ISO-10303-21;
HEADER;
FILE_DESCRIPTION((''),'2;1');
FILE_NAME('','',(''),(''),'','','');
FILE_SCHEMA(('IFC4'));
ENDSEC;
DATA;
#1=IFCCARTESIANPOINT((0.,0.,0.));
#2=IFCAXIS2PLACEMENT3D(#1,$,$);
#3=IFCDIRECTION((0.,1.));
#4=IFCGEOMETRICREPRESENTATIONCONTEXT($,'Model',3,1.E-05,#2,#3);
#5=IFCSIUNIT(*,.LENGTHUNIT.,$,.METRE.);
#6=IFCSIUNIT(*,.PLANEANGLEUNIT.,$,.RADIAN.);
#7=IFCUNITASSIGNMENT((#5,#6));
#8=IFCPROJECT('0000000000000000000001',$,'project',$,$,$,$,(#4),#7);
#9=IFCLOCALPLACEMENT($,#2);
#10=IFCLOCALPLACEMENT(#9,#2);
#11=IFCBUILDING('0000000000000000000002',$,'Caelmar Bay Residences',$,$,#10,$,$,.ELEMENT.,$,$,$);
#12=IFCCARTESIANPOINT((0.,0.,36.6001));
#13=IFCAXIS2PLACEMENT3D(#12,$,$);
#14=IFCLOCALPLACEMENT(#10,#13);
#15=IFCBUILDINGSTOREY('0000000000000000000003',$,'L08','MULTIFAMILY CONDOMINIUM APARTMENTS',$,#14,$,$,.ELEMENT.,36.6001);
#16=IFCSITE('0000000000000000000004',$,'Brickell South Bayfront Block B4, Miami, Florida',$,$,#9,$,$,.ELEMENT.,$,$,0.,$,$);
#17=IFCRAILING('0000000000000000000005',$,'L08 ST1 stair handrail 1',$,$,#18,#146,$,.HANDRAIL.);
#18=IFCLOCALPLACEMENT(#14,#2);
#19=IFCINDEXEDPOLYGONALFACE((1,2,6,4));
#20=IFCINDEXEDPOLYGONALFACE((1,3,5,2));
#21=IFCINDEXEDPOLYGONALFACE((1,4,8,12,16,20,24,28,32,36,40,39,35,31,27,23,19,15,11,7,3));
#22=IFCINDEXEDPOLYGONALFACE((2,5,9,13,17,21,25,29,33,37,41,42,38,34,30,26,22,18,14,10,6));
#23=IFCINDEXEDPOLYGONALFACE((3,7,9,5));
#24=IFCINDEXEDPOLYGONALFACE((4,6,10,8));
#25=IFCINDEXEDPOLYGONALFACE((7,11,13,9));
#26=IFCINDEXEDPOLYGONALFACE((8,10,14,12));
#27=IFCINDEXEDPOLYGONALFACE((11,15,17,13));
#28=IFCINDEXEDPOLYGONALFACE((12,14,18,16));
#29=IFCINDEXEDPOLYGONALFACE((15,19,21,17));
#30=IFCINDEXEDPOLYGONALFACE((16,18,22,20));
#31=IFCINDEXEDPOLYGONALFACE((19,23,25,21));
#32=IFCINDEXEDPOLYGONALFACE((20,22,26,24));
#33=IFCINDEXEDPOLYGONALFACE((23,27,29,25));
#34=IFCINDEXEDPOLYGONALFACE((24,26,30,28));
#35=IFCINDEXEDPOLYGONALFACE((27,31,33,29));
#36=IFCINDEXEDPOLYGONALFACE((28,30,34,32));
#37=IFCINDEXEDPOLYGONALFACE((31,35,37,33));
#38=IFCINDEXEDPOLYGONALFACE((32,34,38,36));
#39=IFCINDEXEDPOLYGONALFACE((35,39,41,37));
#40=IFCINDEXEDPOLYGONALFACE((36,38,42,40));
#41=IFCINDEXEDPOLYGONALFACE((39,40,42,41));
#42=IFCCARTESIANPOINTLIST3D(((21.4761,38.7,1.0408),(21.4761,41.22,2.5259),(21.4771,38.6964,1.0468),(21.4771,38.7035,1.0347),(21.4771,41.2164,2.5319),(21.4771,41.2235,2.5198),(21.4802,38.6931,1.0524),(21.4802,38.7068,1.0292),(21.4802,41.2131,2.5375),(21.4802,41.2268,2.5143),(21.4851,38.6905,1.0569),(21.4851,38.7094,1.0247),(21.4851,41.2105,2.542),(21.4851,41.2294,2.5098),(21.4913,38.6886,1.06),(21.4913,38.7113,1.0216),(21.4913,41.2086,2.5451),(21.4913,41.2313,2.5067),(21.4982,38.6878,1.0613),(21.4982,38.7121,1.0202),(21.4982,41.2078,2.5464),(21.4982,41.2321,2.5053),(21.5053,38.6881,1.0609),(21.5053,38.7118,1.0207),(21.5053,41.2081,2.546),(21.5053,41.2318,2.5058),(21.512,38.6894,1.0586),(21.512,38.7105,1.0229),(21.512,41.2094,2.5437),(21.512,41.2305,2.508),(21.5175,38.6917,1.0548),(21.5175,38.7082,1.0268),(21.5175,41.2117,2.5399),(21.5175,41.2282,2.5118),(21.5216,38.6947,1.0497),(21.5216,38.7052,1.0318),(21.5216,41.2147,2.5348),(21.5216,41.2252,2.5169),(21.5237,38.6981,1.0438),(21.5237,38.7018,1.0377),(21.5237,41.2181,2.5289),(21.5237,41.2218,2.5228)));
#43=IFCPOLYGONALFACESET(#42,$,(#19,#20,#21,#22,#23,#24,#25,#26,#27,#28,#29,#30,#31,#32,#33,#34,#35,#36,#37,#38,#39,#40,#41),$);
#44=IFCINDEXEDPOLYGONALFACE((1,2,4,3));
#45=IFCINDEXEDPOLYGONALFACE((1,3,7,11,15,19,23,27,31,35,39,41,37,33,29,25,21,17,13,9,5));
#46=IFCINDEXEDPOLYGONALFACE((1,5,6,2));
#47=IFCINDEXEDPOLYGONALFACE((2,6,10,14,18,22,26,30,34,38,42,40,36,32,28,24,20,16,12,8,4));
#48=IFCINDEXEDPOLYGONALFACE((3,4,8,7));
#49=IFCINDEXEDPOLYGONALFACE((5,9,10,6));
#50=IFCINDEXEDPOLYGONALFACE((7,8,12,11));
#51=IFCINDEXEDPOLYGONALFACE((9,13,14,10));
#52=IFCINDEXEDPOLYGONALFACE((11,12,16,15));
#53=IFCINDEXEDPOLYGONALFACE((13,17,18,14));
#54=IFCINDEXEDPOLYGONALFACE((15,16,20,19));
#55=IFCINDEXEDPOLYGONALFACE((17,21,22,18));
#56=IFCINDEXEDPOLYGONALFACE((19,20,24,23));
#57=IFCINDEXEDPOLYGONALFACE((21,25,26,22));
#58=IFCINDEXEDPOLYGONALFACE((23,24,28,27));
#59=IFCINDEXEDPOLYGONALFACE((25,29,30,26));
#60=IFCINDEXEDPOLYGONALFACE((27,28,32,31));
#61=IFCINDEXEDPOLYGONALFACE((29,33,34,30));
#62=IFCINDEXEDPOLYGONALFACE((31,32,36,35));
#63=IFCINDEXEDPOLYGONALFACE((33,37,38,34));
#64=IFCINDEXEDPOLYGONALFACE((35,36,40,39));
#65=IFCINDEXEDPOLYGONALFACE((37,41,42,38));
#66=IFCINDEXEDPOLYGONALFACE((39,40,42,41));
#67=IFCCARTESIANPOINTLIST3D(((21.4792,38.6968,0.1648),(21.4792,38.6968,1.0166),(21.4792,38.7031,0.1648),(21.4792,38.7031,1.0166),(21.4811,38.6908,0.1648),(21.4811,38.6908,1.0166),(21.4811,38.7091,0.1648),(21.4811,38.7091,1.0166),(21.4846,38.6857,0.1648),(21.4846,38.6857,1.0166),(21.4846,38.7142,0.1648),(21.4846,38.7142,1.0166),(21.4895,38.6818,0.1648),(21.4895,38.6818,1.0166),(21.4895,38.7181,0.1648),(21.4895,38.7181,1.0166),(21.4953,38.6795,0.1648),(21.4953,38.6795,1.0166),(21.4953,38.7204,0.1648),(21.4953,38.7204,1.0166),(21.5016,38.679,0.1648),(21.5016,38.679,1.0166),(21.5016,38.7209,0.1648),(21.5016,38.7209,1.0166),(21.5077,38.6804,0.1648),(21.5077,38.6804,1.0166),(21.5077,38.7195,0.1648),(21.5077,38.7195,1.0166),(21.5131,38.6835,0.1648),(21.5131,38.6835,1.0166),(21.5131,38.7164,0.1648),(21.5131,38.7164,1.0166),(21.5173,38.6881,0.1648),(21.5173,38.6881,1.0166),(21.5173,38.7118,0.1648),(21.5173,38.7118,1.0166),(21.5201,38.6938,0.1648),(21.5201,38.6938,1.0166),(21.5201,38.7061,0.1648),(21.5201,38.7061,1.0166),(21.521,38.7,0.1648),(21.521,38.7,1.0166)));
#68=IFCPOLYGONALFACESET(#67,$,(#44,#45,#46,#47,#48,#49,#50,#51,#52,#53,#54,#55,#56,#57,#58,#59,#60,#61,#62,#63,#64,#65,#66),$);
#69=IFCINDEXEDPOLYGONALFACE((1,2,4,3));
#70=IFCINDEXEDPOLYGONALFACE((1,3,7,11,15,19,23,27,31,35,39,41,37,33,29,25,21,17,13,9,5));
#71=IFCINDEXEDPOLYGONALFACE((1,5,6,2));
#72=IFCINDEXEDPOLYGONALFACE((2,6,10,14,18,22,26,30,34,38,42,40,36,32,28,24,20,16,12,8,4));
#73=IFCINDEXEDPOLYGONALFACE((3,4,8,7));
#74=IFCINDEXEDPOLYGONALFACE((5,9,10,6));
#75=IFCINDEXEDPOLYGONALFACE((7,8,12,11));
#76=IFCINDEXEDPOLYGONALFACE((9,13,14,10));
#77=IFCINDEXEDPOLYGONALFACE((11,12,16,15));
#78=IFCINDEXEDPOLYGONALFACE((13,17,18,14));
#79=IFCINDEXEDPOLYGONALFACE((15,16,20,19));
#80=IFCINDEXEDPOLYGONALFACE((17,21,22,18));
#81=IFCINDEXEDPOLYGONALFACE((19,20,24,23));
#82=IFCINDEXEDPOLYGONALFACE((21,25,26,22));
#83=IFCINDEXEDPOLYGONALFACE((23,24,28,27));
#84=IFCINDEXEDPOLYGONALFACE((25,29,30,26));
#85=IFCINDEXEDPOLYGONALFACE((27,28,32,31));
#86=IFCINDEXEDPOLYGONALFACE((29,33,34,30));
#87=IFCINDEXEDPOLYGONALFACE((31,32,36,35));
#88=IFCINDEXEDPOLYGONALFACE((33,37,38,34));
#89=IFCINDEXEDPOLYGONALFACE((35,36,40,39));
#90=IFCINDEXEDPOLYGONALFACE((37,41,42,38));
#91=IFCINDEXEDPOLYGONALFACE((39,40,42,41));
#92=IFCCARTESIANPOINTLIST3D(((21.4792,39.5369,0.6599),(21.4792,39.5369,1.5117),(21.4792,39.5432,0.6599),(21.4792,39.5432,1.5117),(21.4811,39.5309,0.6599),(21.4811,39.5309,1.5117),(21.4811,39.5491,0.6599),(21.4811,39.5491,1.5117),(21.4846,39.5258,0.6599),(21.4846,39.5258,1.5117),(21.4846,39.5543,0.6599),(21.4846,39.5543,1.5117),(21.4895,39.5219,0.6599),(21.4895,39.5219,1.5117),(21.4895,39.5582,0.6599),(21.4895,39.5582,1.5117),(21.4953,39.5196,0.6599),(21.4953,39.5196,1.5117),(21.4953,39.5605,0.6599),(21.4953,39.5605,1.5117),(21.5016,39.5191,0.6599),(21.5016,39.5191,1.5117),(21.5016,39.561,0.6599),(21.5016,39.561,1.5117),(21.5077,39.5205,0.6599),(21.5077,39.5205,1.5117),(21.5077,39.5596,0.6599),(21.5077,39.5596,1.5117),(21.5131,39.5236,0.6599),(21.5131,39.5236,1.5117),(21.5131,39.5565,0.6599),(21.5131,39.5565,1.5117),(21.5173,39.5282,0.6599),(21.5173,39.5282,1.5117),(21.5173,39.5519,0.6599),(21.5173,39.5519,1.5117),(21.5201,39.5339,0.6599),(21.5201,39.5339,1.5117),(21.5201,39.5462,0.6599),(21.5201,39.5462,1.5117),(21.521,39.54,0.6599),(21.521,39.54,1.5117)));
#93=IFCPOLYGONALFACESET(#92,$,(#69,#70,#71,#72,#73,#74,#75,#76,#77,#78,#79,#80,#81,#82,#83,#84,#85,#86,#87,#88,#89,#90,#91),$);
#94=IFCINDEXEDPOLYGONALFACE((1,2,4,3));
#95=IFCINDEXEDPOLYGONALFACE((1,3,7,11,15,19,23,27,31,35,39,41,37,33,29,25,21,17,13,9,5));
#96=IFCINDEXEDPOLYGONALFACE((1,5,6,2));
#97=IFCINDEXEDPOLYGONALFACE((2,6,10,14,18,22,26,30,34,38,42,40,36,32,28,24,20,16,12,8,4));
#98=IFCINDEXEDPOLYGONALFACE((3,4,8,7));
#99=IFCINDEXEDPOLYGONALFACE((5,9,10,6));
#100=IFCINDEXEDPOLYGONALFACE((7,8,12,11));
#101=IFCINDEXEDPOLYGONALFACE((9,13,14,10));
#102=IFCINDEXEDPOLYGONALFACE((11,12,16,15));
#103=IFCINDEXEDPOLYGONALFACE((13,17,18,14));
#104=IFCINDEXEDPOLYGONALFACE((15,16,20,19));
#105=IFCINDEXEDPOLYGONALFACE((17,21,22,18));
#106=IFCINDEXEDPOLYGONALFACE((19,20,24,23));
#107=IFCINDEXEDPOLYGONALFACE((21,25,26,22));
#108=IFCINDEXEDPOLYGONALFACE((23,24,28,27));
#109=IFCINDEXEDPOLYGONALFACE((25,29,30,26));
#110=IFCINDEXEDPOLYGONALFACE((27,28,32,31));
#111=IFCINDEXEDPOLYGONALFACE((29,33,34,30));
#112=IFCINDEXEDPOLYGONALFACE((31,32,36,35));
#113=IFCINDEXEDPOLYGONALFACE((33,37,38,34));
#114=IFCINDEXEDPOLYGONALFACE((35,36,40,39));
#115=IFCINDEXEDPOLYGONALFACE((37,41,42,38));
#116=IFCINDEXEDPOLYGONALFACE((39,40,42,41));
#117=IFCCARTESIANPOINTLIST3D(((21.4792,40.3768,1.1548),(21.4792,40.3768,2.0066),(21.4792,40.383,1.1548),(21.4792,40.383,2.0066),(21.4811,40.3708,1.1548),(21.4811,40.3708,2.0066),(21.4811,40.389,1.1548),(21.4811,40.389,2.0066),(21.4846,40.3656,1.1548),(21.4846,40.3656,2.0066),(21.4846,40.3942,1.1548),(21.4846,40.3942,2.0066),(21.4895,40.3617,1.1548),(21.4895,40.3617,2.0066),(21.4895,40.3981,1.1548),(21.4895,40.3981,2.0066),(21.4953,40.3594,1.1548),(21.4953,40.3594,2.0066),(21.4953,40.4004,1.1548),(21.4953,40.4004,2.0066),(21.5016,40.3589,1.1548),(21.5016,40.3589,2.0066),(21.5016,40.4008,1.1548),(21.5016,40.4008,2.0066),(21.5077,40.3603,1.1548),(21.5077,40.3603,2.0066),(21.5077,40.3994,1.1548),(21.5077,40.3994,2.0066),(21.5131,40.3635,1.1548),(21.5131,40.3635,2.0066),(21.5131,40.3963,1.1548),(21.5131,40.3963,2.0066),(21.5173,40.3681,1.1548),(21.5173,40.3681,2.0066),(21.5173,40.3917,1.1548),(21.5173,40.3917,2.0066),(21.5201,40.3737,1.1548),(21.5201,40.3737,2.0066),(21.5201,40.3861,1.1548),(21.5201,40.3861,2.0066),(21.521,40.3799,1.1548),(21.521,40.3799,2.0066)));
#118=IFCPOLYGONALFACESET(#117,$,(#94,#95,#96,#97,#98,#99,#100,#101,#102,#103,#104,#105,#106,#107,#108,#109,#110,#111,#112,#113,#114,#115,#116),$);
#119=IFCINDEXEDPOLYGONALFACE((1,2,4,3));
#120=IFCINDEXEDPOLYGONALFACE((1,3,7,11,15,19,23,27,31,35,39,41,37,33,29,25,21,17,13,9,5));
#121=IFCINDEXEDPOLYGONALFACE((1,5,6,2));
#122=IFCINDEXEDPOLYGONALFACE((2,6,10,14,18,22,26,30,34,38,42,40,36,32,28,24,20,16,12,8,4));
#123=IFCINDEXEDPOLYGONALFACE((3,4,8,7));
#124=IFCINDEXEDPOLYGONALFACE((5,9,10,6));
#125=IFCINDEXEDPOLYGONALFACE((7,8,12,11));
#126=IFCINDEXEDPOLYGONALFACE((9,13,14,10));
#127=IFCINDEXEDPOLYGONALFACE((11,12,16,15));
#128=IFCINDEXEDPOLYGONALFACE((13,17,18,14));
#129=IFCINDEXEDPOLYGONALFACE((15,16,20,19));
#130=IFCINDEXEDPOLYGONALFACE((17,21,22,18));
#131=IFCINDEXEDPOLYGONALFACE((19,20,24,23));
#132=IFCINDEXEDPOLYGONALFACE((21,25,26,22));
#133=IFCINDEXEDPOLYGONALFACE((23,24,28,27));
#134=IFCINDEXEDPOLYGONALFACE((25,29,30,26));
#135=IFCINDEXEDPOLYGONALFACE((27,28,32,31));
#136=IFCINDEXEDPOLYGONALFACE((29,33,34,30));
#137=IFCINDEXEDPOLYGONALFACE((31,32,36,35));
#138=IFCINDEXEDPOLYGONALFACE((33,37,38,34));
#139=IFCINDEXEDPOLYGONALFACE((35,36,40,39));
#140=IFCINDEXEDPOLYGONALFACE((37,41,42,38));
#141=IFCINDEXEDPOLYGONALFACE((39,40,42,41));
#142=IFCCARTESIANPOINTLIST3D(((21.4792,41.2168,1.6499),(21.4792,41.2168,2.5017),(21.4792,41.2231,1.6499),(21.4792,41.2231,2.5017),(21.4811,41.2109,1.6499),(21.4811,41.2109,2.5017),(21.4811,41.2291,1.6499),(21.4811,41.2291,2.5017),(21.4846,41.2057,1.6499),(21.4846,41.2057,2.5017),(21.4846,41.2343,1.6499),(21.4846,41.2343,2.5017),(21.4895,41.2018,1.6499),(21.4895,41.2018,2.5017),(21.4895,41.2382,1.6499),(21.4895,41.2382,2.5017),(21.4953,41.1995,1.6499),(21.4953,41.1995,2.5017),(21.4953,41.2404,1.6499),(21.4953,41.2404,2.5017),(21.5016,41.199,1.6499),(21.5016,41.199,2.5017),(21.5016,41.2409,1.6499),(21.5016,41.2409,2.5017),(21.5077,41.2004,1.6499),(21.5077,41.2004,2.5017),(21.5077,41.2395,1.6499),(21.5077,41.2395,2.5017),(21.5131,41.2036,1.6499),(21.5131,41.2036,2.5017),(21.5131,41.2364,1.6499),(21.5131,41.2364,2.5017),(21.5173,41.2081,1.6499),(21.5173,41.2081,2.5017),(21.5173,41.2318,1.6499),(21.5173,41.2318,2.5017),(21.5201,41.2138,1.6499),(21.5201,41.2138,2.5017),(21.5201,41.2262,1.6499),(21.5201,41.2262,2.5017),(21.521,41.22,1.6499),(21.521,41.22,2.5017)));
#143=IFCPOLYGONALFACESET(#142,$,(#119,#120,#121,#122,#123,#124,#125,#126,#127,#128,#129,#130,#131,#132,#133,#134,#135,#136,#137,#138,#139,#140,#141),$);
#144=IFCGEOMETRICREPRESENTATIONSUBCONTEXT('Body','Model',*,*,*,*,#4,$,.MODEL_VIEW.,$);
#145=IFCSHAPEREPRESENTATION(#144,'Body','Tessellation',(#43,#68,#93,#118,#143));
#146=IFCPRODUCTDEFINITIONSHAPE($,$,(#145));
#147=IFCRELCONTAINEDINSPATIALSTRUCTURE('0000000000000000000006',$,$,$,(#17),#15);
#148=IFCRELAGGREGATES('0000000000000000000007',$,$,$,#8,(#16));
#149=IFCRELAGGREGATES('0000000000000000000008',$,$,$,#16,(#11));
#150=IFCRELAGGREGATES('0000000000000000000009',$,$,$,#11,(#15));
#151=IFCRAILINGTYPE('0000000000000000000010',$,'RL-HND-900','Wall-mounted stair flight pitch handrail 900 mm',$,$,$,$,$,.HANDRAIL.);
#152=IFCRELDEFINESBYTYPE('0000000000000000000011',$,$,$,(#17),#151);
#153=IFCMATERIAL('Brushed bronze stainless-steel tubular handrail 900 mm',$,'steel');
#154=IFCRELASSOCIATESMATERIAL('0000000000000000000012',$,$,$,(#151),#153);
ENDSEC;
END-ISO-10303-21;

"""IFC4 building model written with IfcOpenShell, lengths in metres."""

from ifc_helpers import new_model, si_unit, direction, frame, origin, origin_2d, place, context, subcontext, project, spatial, circle, extrude, material, type_object, element, save


model = new_model("IFC4")

# Units and contexts
model_context = context("Model", 3, precision=1e-05, world=origin(), true_north=direction((0.0, 1.0)))
body_context = subcontext(model_context, "Body", "Model", "MODEL_VIEW")
ifc_project = project(units=[si_unit("LENGTHUNIT", "METRE"), si_unit("PLANEANGLEUNIT", "RADIAN")], contexts=[model_context])

# Site, building, storey
site_placement = place(None, origin())
site = spatial("IfcSite", under=ifc_project, at=site_placement, Name="Brickell South Bayfront Block B4, Miami, Florida", CompositionType="ELEMENT", RefElevation=0.0)
building_placement = place(site_placement, origin())
building = spatial("IfcBuilding", under=site, at=building_placement, Name="Caelmar Bay Residences", CompositionType="ELEMENT")
storey_placement = place(building_placement, frame((0.0, 0.0, 36.6001)))
storey = spatial("IfcBuildingStorey", under=building, at=storey_placement, Name="L08", Description="MULTIFAMILY CONDOMINIUM APARTMENTS", CompositionType="ELEMENT", Elevation=36.6001)

# Railing
ifc_material_1 = material(Name="Brushed bronze stainless-steel tubular handrail 900 mm", Category="steel")
railing_type_1 = type_object("IfcRailingType", Name="RL-HND-900", Description="Wall-mounted stair flight pitch handrail 900 mm", PredefinedType="HANDRAIL", material=ifc_material_1)
railing_1_placement = place(storey_placement, frame((21.5, 38.7, 0.1648)))
element("IfcRailing", 1, at=railing_1_placement, inside=storey, type_object=railing_type_1, Name="L08 ST1 stair handrail 1", PredefinedType="HANDRAIL", context=body_context, shape_type="SweptSolid", body=[
    extrude(circle(Radius=0.0239, at=origin_2d()), frame((0.0, 0.0, 0.876), z_axis=(0.0, 0.861524, 0.507717), x_axis=(-1.0, 0.0, 0.0)), (0.0, 0.0, 1.0), 2.925),
    extrude(circle(Radius=0.021, at=origin_2d()), origin(), (0.0, 0.0, 1.0), 0.8518),
    extrude(circle(Radius=0.021, at=origin_2d()), frame((0.0, 0.8401, 0.4951)), (0.0, 0.0, 1.0), 0.8518),
    extrude(circle(Radius=0.021, at=origin_2d()), frame((0.0, 1.6799, 0.99)), (0.0, 0.0, 1.0), 0.8518),
    extrude(circle(Radius=0.021, at=origin_2d()), frame((0.0, 2.52, 1.4851)), (0.0, 0.0, 1.0), 0.8518),
])

save(model, "model.ifc")
